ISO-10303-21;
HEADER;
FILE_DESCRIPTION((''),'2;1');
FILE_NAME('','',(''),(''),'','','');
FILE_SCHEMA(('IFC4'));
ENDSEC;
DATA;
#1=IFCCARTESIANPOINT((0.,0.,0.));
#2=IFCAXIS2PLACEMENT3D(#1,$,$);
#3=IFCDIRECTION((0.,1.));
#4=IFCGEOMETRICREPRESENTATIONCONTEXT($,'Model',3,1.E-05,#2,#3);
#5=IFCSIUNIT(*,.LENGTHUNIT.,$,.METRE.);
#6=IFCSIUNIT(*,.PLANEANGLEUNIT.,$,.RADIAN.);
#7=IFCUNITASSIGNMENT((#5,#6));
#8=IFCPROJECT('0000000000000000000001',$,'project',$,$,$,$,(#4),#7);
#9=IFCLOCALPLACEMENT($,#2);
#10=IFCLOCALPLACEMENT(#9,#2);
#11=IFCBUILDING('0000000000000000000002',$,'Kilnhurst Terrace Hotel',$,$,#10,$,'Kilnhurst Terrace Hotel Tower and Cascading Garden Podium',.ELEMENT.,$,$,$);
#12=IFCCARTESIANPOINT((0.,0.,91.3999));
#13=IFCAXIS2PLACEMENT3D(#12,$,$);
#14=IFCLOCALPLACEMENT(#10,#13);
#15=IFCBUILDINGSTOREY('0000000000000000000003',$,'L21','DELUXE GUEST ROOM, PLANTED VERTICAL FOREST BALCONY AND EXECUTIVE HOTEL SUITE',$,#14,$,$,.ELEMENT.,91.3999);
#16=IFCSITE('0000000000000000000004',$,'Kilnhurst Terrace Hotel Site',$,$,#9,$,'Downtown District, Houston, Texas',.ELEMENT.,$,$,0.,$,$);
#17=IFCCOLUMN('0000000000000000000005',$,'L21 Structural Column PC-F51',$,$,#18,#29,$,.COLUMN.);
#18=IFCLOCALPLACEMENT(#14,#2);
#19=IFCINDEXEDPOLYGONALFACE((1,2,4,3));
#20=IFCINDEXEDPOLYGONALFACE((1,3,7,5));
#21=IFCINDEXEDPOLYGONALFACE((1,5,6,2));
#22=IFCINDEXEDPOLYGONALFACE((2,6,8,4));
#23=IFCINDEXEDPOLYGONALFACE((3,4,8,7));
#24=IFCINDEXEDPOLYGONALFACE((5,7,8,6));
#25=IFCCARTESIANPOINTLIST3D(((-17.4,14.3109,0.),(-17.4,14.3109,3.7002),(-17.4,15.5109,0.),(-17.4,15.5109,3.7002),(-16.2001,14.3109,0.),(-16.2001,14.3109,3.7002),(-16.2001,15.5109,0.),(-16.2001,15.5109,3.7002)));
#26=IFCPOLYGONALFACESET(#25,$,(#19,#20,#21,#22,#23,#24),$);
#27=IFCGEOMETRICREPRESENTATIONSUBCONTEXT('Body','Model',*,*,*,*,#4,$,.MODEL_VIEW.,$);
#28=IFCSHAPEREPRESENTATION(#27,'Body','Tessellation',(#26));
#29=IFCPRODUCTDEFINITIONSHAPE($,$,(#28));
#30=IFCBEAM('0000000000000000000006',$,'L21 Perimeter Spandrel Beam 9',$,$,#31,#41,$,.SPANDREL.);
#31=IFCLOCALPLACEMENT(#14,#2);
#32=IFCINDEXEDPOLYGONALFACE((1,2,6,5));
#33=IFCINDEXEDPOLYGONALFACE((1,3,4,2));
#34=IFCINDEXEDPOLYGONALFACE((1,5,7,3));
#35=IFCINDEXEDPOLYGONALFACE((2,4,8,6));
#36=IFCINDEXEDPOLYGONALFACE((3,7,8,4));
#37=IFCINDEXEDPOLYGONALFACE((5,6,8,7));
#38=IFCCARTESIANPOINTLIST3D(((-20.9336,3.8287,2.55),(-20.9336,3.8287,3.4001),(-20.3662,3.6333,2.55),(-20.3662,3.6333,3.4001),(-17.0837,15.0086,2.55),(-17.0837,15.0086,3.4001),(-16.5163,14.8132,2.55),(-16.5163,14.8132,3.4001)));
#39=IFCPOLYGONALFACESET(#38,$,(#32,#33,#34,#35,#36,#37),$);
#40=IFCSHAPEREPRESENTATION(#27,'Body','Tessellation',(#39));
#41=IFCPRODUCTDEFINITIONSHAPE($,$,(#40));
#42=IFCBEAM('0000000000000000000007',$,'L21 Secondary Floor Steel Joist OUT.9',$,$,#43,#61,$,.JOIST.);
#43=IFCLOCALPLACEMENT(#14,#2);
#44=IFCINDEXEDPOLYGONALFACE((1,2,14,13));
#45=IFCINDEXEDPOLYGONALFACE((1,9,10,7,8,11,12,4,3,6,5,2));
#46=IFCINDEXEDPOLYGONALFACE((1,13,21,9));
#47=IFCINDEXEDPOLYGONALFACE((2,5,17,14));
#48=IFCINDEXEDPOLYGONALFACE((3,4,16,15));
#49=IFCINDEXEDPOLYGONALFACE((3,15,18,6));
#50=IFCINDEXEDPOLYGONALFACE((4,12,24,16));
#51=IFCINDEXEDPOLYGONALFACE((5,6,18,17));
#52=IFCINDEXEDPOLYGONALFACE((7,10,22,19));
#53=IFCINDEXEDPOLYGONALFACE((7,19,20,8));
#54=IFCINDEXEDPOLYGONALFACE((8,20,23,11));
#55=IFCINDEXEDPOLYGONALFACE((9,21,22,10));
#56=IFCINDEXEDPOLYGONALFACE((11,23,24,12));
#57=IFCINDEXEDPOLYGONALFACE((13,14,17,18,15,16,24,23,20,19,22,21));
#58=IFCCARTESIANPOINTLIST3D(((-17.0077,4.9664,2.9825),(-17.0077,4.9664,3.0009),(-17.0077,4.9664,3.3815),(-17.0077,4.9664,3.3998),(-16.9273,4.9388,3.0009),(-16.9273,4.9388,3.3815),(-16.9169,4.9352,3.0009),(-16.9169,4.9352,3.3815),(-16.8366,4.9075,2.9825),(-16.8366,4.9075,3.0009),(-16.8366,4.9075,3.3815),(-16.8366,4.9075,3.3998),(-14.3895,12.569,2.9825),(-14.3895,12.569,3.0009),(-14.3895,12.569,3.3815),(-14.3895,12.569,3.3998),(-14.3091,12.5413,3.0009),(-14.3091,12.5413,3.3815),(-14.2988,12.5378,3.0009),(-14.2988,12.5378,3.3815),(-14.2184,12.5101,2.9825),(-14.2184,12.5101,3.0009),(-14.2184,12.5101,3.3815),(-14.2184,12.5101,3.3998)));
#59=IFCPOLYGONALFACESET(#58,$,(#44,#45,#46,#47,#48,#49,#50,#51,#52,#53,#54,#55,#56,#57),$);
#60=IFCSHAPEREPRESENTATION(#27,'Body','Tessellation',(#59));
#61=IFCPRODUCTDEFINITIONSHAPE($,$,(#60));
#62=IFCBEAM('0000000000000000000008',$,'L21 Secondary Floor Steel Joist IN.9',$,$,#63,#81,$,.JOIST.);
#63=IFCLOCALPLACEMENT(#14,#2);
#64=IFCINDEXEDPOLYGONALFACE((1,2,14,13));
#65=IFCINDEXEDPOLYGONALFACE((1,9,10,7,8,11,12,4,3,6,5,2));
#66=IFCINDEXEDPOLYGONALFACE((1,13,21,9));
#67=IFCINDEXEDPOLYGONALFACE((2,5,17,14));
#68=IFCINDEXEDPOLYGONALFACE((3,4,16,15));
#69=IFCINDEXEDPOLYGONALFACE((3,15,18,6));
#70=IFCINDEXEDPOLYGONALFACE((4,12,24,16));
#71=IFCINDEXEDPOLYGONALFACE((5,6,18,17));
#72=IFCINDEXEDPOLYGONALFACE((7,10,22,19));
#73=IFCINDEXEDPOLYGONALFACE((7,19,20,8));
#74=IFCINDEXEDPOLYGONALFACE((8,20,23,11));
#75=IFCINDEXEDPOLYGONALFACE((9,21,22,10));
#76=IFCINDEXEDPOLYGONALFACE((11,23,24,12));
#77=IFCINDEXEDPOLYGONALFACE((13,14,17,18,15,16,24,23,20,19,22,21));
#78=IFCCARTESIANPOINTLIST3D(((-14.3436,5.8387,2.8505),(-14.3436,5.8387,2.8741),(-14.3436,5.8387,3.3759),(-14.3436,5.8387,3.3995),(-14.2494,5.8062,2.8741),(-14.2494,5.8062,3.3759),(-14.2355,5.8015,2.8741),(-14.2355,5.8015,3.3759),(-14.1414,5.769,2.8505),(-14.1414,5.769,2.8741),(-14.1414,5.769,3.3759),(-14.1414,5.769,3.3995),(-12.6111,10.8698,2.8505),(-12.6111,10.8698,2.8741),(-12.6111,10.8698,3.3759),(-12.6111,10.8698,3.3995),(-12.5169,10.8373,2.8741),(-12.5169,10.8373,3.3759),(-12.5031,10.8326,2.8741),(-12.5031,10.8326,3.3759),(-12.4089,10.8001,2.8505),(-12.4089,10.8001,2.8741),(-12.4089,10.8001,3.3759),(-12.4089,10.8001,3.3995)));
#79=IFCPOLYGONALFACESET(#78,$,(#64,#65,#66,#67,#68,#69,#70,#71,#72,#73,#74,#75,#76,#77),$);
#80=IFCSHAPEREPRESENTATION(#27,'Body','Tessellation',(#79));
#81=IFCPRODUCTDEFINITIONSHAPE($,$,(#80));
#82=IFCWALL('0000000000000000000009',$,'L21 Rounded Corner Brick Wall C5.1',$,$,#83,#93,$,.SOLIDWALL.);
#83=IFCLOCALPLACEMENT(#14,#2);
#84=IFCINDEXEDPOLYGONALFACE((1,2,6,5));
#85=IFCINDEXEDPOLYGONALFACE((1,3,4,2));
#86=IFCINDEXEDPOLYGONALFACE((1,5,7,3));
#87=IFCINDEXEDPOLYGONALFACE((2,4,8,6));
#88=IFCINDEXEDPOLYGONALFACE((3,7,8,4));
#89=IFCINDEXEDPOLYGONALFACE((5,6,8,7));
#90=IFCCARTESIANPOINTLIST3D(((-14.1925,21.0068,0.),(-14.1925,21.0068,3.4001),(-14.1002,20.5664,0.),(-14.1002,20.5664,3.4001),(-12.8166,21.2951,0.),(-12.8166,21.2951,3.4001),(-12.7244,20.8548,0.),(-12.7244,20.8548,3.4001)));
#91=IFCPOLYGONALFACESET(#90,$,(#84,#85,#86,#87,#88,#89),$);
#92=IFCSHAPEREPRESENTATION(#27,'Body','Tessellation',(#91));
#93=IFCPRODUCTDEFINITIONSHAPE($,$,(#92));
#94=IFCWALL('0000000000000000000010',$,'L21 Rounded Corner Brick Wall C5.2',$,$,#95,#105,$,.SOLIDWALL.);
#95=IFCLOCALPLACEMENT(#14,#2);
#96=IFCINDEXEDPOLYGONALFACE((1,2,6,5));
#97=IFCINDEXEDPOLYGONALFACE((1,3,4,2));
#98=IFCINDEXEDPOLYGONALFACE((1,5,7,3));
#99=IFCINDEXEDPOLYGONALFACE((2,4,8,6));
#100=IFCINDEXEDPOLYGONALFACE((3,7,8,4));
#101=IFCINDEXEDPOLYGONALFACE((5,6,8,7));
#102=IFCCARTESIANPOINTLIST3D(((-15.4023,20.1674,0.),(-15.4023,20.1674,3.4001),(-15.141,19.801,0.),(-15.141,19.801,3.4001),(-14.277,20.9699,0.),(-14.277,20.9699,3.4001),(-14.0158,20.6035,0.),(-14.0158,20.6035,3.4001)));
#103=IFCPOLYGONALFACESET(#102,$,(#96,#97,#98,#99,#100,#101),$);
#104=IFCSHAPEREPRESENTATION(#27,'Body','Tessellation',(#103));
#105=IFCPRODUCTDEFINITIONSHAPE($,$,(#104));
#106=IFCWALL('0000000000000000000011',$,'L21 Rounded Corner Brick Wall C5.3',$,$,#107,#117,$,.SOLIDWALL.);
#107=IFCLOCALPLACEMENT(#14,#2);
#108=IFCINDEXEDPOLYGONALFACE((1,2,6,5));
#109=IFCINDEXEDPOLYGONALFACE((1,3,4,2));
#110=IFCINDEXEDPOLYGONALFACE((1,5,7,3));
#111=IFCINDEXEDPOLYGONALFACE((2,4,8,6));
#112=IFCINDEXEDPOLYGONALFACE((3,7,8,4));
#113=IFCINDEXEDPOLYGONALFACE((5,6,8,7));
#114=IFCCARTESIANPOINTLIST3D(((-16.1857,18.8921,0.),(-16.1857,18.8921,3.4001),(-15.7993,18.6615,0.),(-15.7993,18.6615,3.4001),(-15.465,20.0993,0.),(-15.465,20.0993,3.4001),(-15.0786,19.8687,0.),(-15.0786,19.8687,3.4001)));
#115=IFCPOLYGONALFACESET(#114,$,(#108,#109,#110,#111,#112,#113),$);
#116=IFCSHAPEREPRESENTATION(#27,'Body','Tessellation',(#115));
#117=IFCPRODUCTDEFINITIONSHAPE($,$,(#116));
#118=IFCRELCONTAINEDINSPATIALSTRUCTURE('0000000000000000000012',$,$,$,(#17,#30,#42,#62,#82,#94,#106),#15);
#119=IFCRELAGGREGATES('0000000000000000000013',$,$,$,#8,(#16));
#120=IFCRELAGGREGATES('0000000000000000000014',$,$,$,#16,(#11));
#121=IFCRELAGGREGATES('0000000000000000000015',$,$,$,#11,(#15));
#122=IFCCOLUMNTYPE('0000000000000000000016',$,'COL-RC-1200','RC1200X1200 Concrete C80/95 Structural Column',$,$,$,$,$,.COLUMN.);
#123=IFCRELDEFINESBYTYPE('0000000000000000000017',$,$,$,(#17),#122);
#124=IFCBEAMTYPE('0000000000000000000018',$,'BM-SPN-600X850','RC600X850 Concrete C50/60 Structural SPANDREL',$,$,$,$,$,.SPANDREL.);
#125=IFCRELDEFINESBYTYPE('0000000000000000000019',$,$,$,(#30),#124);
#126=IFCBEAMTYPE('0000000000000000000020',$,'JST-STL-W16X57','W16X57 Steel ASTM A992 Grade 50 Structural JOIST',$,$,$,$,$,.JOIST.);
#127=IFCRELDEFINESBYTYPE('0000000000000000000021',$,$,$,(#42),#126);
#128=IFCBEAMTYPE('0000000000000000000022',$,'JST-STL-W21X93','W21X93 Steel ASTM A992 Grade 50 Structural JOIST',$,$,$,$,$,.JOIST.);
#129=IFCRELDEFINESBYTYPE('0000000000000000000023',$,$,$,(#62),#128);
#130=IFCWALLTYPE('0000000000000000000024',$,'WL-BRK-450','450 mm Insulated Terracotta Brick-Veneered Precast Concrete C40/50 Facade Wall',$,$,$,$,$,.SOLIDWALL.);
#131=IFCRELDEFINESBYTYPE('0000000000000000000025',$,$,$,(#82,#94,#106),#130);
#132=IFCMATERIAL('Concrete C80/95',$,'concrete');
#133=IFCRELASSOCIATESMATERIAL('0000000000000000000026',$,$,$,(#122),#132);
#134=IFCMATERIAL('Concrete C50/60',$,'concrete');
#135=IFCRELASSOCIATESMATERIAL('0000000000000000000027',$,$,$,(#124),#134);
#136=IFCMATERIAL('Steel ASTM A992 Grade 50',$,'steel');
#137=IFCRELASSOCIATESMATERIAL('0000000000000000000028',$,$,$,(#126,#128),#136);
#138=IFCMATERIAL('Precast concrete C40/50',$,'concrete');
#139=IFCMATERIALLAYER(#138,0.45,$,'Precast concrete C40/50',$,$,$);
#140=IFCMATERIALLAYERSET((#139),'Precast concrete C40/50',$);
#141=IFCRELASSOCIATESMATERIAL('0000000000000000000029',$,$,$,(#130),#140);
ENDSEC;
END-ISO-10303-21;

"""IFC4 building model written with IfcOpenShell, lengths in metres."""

from ifc_helpers import new_model, si_unit, direction, frame, frame_2d, origin, origin_2d, place, context, subcontext, project, spatial, rectangle, i_section, extrude, material, layer, layer_set, material_profile, profile_set, type_object, element, save


model = new_model("IFC4")

# Units and contexts
model_context = context("Model", 3, precision=1e-05, world=origin(), true_north=direction((0.0, 1.0)))
body_context = subcontext(model_context, "Body", "Model", "MODEL_VIEW")
ifc_project = project(units=[si_unit("LENGTHUNIT", "METRE"), si_unit("PLANEANGLEUNIT", "RADIAN")], contexts=[model_context])

# Site, building, storey
site_placement = place(None, origin())
site = spatial("IfcSite", under=ifc_project, at=site_placement, Name="Kilnhurst Terrace Hotel Site", LongName="Downtown District, Houston, Texas", CompositionType="ELEMENT", RefElevation=0.0)
building_placement = place(site_placement, origin())
building = spatial("IfcBuilding", under=site, at=building_placement, Name="Kilnhurst Terrace Hotel", LongName="Kilnhurst Terrace Hotel Tower and Cascading Garden Podium", CompositionType="ELEMENT")
storey_placement = place(building_placement, frame((0.0, 0.0, 91.3999)))
storey = spatial("IfcBuildingStorey", under=building, at=storey_placement, Name="L21", Description="DELUXE GUEST ROOM, PLANTED VERTICAL FOREST BALCONY AND EXECUTIVE HOTEL SUITE", CompositionType="ELEMENT", Elevation=91.3999)

# Column
ifc_material_1 = material(Name="Concrete C80/95", Category="concrete")
ifc_material_profile_1 = material_profile(ifc_material_1, rectangle(XDim=1.2, YDim=1.2, at=origin_2d()), Name="RC1200X1200")
ifc_profile_set_1 = profile_set([ifc_material_profile_1], Name="Concrete C80/95")
column_type = type_object("IfcColumnType", Name="COL-RC-1200", Description="RC1200X1200 Concrete C80/95 Structural Column", PredefinedType="COLUMN", material=ifc_profile_set_1)
column_placement = place(storey_placement, frame((-16.8, 14.9109, 0.0), z_axis=(0.0, 0.0, 1.0), x_axis=(1.0, 0.0, 0.0)))
element("IfcColumn", 1, at=column_placement, inside=storey, type_object=column_type, Name="L21 Structural Column PC-F51", PredefinedType="COLUMN", context=body_context, shape_type="SweptSolid", body=[
    extrude(rectangle(XDim=1.2, YDim=1.2, at=origin_2d()), origin(), (0.0, 0.0, 1.0), 3.7002),
])

# Beams
ifc_material_2 = material(Name="Concrete C50/60", Category="concrete")
ifc_material_profile_2 = material_profile(ifc_material_2, rectangle(XDim=0.6001, YDim=0.8501, at=origin_2d()), Name="RC600X850")
ifc_profile_set_2 = profile_set([ifc_material_profile_2], Name="Concrete C50/60")
beam_type_1 = type_object("IfcBeamType", Name="BM-SPN-600X850", Description="RC600X850 Concrete C50/60 Structural SPANDREL", PredefinedType="SPANDREL", material=ifc_profile_set_2)
beam_1_placement = place(storey_placement, frame((-16.8, 14.9109, 2.9751), z_axis=(-0.32559, -0.945511, 0.0), x_axis=(0.945511, -0.32559, 0.0)))
element("IfcBeam", 2, at=beam_1_placement, inside=storey, type_object=beam_type_1, Name="L21 Perimeter Spandrel Beam 9", PredefinedType="SPANDREL", context=body_context, shape_type="SweptSolid", body=[
    extrude(rectangle(XDim=0.6001, YDim=0.8501, at=origin_2d()), origin(), (0.0, 0.0, 1.0), 11.8242),
])
ifc_material_3 = material(Name="Steel ASTM A992 Grade 50", Category="steel")
ifc_material_profile_3 = material_profile(ifc_material_3, i_section(OverallWidth=0.1809, OverallDepth=0.4172, WebThickness=0.011, FlangeThickness=0.0183, at=origin_2d()), Name="W16X57")
ifc_profile_set_3 = profile_set([ifc_material_profile_3], Name="Steel ASTM A992 Grade 50")
beam_type_2 = type_object("IfcBeamType", Name="JST-STL-W16X57", Description="W16X57 Steel ASTM A992 Grade 50 Structural JOIST", PredefinedType="JOIST", material=ifc_profile_set_3)
beam_2_placement = place(storey_placement, frame((-14.304, 12.5396, 3.1912), z_axis=(-0.325613, -0.945503, 0.0), x_axis=(0.945503, -0.325613, 0.0)))
element("IfcBeam", 3, at=beam_2_placement, inside=storey, type_object=beam_type_2, Name="L21 Secondary Floor Steel Joist OUT.9", PredefinedType="JOIST", context=body_context, shape_type="SweptSolid", body=[
    extrude(i_section(OverallWidth=0.1809, OverallDepth=0.4172, WebThickness=0.011, FlangeThickness=0.0183, at=origin_2d()), origin(), (0.0, 0.0, 1.0), 8.0408),
])
ifc_material_profile_4 = material_profile(ifc_material_3, i_section(OverallWidth=0.2139, OverallDepth=0.5491, WebThickness=0.0146, FlangeThickness=0.0237, at=origin_2d()), Name="W21X93")
ifc_profile_set_4 = profile_set([ifc_material_profile_4], Name="Steel ASTM A992 Grade 50")
beam_type_3 = type_object("IfcBeamType", Name="JST-STL-W21X93", Description="W21X93 Steel ASTM A992 Grade 50 Structural JOIST", PredefinedType="JOIST", material=ifc_profile_set_4)
beam_3_placement = place(storey_placement, frame((-12.51, 10.835, 3.125), z_axis=(-0.325586, -0.945512, 0.0), x_axis=(0.945512, -0.325586, 0.0)))
element("IfcBeam", 4, at=beam_3_placement, inside=storey, type_object=beam_type_3, Name="L21 Secondary Floor Steel Joist IN.9", PredefinedType="JOIST", context=body_context, shape_type="SweptSolid", body=[
    extrude(i_section(OverallWidth=0.2139, OverallDepth=0.5491, WebThickness=0.0146, FlangeThickness=0.0237, at=origin_2d()), origin(), (0.0, 0.0, 1.0), 5.321),
])

# Walls
ifc_material_4 = material(Name="Precast concrete C40/50", Category="concrete")
ifc_layer_1 = layer(ifc_material_4, 0.45, Name="Precast concrete C40/50")
ifc_layer_set_1 = layer_set([ifc_layer_1], Name="Precast concrete C40/50")
wall_type_1 = type_object("IfcWallType", Name="WL-BRK-450", Description="450 mm Insulated Terracotta Brick-Veneered Precast Concrete C40/50 Facade Wall", PredefinedType="SOLIDWALL", material=ifc_layer_set_1)
wall_1_placement = place(storey_placement, frame((-12.7705, 21.075, 0.0), z_axis=(0.0, 0.0, 1.0), x_axis=(-0.978743, -0.205091, 0.0)))
element("IfcWall", 5, at=wall_1_placement, inside=storey, type_object=wall_type_1, Name="L21 Rounded Corner Brick Wall C5.1", PredefinedType="SOLIDWALL", context=body_context, shape_type="SweptSolid", body=[
    extrude(rectangle(XDim=1.4058, YDim=0.45, at=frame_2d((0.7029, 0.0))), origin(), (0.0, 0.0, 1.0), 3.4001),
])
wall_2_placement = place(storey_placement, frame((-14.1465, 20.7866, 0.0), z_axis=(0.0, 0.0, 1.0), x_axis=(-0.814163, -0.580636, 0.0)))
element("IfcWall", 6, at=wall_2_placement, inside=storey, type_object=wall_type_1, Name="L21 Rounded Corner Brick Wall C5.2", PredefinedType="SOLIDWALL", context=body_context, shape_type="SweptSolid", body=[
    extrude(rectangle(XDim=1.3821, YDim=0.45, at=frame_2d((0.6909, 0.0))), origin(), (0.0, 0.0, 1.0), 3.4001),
])
wall_3_placement = place(storey_placement, frame((-15.2717, 19.9841, 0.0), z_axis=(0.0, 0.0, 1.0), x_axis=(-0.512579, -0.85864, 0.0)))
element("IfcWall", 7, at=wall_3_placement, inside=storey, type_object=wall_type_1, Name="L21 Rounded Corner Brick Wall C5.3", PredefinedType="SOLIDWALL", context=body_context, shape_type="SweptSolid", body=[
    extrude(rectangle(XDim=1.406, YDim=0.45, at=frame_2d((0.7031, 0.0))), origin(), (0.0, 0.0, 1.0), 3.4001),
])

save(model, "model.ifc")
